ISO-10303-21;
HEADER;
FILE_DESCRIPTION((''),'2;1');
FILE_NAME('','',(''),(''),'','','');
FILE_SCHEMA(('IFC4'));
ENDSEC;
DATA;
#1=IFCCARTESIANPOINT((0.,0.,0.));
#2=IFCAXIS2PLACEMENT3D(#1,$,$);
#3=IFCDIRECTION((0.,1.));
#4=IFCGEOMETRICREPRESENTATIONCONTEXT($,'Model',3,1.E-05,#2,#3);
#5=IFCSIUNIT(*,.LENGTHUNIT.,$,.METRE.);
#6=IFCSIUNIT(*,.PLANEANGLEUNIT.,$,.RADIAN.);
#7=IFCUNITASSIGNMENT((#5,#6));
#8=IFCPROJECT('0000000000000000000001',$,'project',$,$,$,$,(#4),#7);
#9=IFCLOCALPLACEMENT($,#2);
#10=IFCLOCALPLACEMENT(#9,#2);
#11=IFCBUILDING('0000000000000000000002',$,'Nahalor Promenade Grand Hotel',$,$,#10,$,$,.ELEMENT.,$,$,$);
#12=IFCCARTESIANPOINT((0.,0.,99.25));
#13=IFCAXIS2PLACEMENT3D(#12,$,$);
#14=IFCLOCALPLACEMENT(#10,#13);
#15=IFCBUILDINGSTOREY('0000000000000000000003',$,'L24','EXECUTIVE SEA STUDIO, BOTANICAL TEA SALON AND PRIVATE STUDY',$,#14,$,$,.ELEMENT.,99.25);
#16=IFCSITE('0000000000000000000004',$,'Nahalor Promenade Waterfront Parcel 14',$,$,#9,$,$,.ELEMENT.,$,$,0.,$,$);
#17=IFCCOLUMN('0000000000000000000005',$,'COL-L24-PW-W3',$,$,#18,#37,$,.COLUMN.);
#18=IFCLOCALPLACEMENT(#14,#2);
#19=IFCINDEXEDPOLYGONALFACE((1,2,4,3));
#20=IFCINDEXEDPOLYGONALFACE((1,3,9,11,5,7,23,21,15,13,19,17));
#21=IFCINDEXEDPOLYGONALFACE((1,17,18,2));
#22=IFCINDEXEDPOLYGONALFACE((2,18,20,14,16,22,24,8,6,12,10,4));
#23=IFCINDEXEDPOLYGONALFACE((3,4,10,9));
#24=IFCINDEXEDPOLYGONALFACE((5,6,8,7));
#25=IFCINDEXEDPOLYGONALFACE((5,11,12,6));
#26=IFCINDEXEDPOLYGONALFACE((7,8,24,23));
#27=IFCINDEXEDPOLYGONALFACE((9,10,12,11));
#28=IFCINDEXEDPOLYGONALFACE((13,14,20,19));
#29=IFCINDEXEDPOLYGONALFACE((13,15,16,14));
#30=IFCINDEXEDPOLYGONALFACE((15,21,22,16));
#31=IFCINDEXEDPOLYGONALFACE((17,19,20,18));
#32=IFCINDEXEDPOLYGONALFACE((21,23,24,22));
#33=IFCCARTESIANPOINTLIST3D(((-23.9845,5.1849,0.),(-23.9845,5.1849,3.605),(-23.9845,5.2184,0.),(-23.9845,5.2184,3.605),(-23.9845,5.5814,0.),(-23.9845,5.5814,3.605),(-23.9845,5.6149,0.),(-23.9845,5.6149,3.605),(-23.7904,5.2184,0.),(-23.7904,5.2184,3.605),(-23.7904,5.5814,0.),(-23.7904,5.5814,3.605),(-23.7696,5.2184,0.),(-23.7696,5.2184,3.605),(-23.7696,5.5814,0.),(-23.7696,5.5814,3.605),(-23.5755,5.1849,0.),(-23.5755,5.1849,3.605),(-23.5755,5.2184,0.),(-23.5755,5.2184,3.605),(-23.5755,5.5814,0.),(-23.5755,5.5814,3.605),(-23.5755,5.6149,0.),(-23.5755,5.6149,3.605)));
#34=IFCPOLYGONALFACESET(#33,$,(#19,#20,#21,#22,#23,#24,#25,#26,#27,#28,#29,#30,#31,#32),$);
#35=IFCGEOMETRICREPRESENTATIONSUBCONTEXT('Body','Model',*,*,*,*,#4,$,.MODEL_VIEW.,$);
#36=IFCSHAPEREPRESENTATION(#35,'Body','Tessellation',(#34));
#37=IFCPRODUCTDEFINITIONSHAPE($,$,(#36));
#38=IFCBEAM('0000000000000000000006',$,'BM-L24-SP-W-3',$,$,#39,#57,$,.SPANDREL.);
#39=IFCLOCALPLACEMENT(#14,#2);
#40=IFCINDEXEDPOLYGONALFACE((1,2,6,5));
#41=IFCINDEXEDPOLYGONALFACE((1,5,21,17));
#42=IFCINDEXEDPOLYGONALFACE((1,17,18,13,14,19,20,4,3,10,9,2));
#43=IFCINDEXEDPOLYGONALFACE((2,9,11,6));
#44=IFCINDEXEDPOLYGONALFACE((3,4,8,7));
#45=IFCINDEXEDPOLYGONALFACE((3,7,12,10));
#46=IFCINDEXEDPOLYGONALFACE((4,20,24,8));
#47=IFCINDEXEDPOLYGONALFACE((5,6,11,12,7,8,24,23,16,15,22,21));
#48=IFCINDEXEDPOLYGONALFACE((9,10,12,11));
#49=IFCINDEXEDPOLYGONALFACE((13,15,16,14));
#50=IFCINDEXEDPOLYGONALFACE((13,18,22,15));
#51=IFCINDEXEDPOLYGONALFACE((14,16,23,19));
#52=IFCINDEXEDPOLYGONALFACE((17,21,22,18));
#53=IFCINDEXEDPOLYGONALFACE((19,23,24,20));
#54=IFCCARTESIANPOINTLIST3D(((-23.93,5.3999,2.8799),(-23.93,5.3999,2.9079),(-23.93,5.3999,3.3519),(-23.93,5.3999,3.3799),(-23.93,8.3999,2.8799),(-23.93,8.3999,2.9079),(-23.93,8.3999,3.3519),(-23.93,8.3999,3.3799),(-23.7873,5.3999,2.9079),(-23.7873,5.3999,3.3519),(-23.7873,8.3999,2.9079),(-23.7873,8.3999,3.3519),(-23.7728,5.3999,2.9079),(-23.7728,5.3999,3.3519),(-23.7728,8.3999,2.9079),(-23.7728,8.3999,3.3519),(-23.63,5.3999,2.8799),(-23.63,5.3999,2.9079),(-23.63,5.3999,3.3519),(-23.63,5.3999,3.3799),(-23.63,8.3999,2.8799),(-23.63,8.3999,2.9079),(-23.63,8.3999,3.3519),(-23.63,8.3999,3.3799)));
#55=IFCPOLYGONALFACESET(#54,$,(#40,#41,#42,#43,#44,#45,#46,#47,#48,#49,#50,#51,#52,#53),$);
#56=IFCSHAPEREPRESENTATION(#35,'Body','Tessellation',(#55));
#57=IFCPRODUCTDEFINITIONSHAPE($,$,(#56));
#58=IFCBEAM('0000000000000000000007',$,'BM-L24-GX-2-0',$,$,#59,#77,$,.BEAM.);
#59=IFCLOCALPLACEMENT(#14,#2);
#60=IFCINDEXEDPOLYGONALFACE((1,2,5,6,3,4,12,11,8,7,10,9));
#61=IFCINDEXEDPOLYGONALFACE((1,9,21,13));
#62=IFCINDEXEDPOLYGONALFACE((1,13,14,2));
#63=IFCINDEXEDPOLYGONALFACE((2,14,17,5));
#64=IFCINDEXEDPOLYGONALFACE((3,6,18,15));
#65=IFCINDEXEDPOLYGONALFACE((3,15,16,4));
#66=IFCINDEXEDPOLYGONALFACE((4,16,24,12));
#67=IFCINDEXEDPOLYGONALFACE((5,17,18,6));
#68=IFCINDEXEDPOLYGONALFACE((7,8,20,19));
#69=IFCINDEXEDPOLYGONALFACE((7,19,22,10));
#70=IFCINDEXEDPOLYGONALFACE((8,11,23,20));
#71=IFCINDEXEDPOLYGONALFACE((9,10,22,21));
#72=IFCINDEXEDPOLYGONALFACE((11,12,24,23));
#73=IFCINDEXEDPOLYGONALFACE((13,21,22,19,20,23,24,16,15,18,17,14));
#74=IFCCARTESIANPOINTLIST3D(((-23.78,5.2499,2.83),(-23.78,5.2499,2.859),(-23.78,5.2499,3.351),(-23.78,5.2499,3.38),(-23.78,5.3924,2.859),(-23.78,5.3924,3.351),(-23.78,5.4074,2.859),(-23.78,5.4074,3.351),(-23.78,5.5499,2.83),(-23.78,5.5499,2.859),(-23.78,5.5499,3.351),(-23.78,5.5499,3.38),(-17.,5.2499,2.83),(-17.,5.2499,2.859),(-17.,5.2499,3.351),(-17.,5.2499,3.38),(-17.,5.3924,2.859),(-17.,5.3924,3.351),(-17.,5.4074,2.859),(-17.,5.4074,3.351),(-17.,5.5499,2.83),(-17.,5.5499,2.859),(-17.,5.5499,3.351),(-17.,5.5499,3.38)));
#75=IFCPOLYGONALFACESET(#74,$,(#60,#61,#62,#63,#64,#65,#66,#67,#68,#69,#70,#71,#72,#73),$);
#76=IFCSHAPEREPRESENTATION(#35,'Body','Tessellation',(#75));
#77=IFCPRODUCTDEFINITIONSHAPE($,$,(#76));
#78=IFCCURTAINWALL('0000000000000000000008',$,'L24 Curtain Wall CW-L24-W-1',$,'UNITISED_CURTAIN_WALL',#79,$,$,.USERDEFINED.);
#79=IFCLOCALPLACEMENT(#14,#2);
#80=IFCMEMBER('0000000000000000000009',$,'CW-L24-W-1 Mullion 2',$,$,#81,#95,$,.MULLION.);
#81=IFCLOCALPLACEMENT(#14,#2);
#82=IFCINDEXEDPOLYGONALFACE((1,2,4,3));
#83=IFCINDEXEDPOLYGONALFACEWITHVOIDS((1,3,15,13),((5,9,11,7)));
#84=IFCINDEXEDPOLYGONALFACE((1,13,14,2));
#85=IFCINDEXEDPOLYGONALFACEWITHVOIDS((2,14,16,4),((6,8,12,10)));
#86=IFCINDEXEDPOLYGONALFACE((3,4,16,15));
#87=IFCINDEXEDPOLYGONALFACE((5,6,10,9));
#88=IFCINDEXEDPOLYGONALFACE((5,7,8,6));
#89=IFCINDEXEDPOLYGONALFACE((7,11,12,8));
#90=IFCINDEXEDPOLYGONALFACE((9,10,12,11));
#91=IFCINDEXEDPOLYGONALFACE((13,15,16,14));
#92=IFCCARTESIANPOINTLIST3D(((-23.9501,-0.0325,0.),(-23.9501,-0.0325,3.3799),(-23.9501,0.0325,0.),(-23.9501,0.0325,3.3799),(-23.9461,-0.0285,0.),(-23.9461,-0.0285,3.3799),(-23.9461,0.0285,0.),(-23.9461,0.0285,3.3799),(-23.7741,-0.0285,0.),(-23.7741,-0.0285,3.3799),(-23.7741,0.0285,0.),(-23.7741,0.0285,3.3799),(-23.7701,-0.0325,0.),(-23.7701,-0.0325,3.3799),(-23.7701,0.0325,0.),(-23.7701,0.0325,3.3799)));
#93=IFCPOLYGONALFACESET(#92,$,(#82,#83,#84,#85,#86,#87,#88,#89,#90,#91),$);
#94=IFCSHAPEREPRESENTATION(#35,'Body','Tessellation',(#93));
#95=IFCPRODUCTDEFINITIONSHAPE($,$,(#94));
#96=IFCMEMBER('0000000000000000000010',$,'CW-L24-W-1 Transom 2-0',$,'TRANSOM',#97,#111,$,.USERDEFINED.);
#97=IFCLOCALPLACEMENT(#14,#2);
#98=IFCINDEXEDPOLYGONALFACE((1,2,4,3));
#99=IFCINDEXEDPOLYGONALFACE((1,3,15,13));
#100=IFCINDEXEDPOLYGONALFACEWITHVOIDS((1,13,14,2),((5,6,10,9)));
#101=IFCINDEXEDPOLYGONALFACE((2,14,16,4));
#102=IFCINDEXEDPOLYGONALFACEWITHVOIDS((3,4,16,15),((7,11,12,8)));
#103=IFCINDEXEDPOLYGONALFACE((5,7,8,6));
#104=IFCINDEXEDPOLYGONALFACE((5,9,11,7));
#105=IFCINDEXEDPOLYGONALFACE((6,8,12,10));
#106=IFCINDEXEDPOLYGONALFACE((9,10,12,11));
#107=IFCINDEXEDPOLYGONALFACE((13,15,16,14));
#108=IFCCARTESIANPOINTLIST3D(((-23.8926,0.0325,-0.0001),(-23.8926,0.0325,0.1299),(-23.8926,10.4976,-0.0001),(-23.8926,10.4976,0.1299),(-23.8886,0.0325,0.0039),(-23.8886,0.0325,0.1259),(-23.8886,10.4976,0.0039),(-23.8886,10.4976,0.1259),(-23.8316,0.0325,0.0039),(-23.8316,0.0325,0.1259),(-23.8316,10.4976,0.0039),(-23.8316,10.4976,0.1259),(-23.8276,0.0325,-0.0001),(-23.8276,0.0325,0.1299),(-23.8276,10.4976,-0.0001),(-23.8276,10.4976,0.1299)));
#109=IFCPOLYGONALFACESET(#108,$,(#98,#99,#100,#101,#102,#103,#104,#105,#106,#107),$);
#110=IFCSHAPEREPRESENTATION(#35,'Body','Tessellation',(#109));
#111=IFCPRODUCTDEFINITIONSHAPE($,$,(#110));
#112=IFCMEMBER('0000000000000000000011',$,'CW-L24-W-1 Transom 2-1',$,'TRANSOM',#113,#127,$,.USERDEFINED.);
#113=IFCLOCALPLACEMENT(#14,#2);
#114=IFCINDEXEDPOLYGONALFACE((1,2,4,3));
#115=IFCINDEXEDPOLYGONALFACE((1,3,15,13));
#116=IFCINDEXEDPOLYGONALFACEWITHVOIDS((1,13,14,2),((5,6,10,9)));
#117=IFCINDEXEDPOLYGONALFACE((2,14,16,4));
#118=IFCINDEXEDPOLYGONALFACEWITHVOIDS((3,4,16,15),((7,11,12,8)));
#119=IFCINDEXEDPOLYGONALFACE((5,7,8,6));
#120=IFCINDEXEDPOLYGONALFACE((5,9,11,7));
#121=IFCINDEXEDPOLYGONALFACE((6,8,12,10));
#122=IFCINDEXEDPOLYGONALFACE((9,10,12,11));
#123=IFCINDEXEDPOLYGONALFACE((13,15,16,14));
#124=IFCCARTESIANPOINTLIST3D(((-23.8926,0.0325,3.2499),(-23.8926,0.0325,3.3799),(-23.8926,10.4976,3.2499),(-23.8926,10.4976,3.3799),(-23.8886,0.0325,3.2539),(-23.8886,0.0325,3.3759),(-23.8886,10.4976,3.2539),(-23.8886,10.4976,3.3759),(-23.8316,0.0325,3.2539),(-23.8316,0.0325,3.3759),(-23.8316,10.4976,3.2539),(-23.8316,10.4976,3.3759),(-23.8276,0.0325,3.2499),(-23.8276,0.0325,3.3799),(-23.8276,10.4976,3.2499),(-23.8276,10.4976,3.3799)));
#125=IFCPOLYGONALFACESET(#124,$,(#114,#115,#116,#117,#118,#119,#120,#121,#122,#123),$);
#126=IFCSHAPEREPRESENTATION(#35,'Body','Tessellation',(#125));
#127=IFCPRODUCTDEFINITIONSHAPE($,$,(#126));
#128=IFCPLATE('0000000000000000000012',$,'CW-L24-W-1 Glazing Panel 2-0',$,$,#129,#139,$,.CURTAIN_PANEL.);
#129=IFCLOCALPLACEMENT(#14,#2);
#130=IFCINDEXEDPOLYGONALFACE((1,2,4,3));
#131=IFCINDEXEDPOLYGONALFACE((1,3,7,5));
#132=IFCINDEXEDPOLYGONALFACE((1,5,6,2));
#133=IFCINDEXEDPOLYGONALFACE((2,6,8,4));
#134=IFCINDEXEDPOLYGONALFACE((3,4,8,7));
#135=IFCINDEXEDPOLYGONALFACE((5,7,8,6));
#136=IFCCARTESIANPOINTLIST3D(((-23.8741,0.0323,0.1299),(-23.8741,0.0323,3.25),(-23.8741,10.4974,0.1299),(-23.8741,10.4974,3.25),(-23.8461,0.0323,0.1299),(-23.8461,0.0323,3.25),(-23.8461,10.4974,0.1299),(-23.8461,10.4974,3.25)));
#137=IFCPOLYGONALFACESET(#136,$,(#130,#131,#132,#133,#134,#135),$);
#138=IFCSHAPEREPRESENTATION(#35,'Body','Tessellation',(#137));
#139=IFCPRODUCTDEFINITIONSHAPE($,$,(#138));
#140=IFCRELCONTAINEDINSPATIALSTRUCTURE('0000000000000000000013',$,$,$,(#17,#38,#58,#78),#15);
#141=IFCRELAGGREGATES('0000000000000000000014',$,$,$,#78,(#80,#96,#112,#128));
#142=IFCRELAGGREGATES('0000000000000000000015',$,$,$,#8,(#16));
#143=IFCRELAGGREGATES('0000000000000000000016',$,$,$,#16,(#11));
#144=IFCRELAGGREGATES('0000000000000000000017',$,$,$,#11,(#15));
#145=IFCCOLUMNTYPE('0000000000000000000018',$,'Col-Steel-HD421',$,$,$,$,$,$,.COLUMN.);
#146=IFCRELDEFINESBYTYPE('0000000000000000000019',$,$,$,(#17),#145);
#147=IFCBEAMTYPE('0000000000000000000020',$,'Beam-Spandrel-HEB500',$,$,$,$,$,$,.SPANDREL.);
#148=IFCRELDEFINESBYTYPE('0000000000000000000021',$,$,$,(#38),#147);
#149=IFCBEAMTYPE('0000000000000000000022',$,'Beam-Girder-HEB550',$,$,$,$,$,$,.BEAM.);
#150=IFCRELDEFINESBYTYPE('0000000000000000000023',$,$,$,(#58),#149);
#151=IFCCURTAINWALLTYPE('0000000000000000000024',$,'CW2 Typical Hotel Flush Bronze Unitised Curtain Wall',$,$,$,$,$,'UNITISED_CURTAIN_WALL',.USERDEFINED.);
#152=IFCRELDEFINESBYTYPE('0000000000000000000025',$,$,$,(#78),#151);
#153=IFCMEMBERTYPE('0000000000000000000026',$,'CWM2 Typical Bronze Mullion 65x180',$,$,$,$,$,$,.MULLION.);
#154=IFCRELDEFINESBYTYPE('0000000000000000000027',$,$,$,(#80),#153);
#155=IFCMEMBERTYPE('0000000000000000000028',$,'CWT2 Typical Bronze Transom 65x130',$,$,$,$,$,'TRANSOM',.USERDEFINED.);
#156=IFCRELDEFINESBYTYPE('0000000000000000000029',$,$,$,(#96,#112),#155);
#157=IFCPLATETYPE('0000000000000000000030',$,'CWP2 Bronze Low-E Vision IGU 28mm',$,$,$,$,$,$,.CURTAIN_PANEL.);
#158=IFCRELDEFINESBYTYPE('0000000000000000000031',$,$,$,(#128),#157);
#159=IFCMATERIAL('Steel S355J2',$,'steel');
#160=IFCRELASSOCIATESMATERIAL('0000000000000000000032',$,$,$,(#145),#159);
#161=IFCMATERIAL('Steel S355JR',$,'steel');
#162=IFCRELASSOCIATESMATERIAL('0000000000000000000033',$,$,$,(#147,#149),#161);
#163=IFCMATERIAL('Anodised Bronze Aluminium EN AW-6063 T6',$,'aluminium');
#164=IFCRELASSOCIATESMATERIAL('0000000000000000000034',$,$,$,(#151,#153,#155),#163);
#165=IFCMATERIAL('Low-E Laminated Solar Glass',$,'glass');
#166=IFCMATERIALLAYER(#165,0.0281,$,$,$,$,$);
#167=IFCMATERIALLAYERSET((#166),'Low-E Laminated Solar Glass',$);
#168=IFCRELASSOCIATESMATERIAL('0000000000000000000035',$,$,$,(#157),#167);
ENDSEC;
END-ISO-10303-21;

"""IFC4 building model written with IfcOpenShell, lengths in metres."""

from ifc_helpers import new_model, si_unit, direction, frame, origin, origin_2d, place, context, subcontext, project, spatial, rectangle, hollow_rectangle, i_section, extrude, source, transform, mapped, material, layer, layer_set, material_profile, profile_set, type_object, element, aggregate, save


model = new_model("IFC4")

# Units and contexts
model_context = context("Model", 3, precision=1e-05, world=origin(), true_north=direction((0.0, 1.0)))
body_context = subcontext(model_context, "Body", "Model", "MODEL_VIEW")
ifc_project = project(units=[si_unit("LENGTHUNIT", "METRE"), si_unit("PLANEANGLEUNIT", "RADIAN")], contexts=[model_context])

# Site, building, storey
site_placement = place(None, origin())
site = spatial("IfcSite", under=ifc_project, at=site_placement, Name="Nahalor Promenade Waterfront Parcel 14", CompositionType="ELEMENT", RefElevation=0.0)
building_placement = place(site_placement, origin())
building = spatial("IfcBuilding", under=site, at=building_placement, Name="Nahalor Promenade Grand Hotel", CompositionType="ELEMENT")
storey_placement = place(building_placement, frame((0.0, 0.0, 99.25)))
storey = spatial("IfcBuildingStorey", under=building, at=storey_placement, Name="L24", Description="EXECUTIVE SEA STUDIO, BOTANICAL TEA SALON AND PRIVATE STUDY", CompositionType="ELEMENT", Elevation=99.25)

# Column
ifc_material_1 = material(Name="Steel S355J2", Category="steel")
ifc_material_profile_1 = material_profile(ifc_material_1, i_section(OverallWidth=0.409, OverallDepth=0.43, WebThickness=0.0208, FlangeThickness=0.0335, at=origin_2d()), Name="HD 400x421")
ifc_profile_set_1 = profile_set([ifc_material_profile_1], Name="Steel S355J2")
column_type = type_object("IfcColumnType", Name="Col-Steel-HD421", PredefinedType="COLUMN", material=ifc_profile_set_1)
shared_shape_1 = source(origin(), body_context, "Body", "SweptSolid", [
    extrude(i_section(OverallWidth=0.409, OverallDepth=0.43, WebThickness=0.0208, FlangeThickness=0.0335, at=origin_2d()), origin(), (0.0, 0.0, 1.0), 3.605),
])
column_placement = place(storey_placement, frame((-23.78, 5.3999, 0.0), z_axis=(0.0, 0.0, 1.0), x_axis=(1.0, 0.0, 0.0)))
element("IfcColumn", 1, at=column_placement, inside=storey, type_object=column_type, Name="COL-L24-PW-W3", PredefinedType="COLUMN", context=body_context, shape_type="MappedRepresentation", body=[
    mapped(shared_shape_1, transform((0.0, 0.0, 0.0), scale=1.0)),
])

# Beams
ifc_material_2 = material(Name="Steel S355JR", Category="steel")
ifc_material_profile_2 = material_profile(ifc_material_2, i_section(OverallWidth=0.3, OverallDepth=0.5, WebThickness=0.0145, FlangeThickness=0.028, at=origin_2d()), Name="HEB 500")
ifc_profile_set_2 = profile_set([ifc_material_profile_2], Name="Steel S355JR")
beam_type_1 = type_object("IfcBeamType", Name="Beam-Spandrel-HEB500", PredefinedType="SPANDREL", material=ifc_profile_set_2)
shared_shape_2 = source(origin(), body_context, "Body", "SweptSolid", [
    extrude(i_section(OverallWidth=0.3, OverallDepth=0.5, WebThickness=0.0145, FlangeThickness=0.028, at=origin_2d()), origin(), (0.0, 0.0, 1.0), 3.0),
])
beam_1_placement = place(storey_placement, frame((-23.78, 5.3999, 3.1299), z_axis=(0.0, 1.0, 0.0), x_axis=(-1.0, 0.0, 0.0)))
element("IfcBeam", 2, at=beam_1_placement, inside=storey, type_object=beam_type_1, Name="BM-L24-SP-W-3", PredefinedType="SPANDREL", context=body_context, shape_type="MappedRepresentation", body=[
    mapped(shared_shape_2, transform((0.0, 0.0, 0.0), scale=1.0)),
])
ifc_material_profile_3 = material_profile(ifc_material_2, i_section(OverallWidth=0.3, OverallDepth=0.55, WebThickness=0.015, FlangeThickness=0.029, at=origin_2d()), Name="HEB 550")
ifc_profile_set_3 = profile_set([ifc_material_profile_3], Name="Steel S355JR")
beam_type_2 = type_object("IfcBeamType", Name="Beam-Girder-HEB550", PredefinedType="BEAM", material=ifc_profile_set_3)
shared_shape_3 = source(origin(), body_context, "Body", "SweptSolid", [
    extrude(i_section(OverallWidth=0.3, OverallDepth=0.55, WebThickness=0.015, FlangeThickness=0.029, at=origin_2d()), origin(), (0.0, 0.0, 1.0), 6.78),
])
beam_2_placement = place(storey_placement, frame((-23.78, 5.3999, 3.105), z_axis=(1.0, 0.0, 0.0), x_axis=(0.0, 1.0, 0.0)))
element("IfcBeam", 3, at=beam_2_placement, inside=storey, type_object=beam_type_2, Name="BM-L24-GX-2-0", PredefinedType="BEAM", context=body_context, shape_type="MappedRepresentation", body=[
    mapped(shared_shape_3, transform((0.0, 0.0, 0.0), scale=1.0)),
])

# Curtain wall, members, plate
ifc_material_3 = material(Name="Anodised Bronze Aluminium EN AW-6063 T6", Category="aluminium")
curtain_wall_type = type_object("IfcCurtainWallType", Name="CW2 Typical Hotel Flush Bronze Unitised Curtain Wall", ElementType="UNITISED_CURTAIN_WALL", PredefinedType="USERDEFINED", material=ifc_material_3)
curtain_wall_placement = place(storey_placement, origin())
curtain_wall = element("IfcCurtainWall", 4, at=curtain_wall_placement, inside=storey, type_object=curtain_wall_type, Name="L24 Curtain Wall CW-L24-W-1", ObjectType="UNITISED_CURTAIN_WALL", PredefinedType="USERDEFINED")
ifc_material_profile_4 = material_profile(ifc_material_3, hollow_rectangle(XDim=0.065, YDim=0.18, WallThickness=0.004, at=origin_2d()), Name="CWM 65x180x4")
ifc_profile_set_4 = profile_set([ifc_material_profile_4], Name="Anodised Bronze Aluminium EN AW-6063 T6")
member_type_1 = type_object("IfcMemberType", Name="CWM2 Typical Bronze Mullion 65x180", PredefinedType="MULLION", material=ifc_profile_set_4)
shared_shape_4 = source(origin(), body_context, "Body", "SweptSolid", [
    extrude(hollow_rectangle(XDim=0.065, YDim=0.18, WallThickness=0.004, at=origin_2d()), origin(), (0.0, 0.0, 1.0), 3.3799),
])
member_1_placement = place(storey_placement, frame((-23.8601, 0.0, 0.0), z_axis=(0.0, 0.0, 1.0), x_axis=(0.0, 1.0, 0.0)))
member_1 = element("IfcMember", 5, at=member_1_placement, type_object=member_type_1, Name="CW-L24-W-1 Mullion 2", PredefinedType="MULLION", context=body_context, shape_type="MappedRepresentation", body=[
    mapped(shared_shape_4, transform((0.0, 0.0, 0.0), scale=1.0)),
])
ifc_material_profile_5 = material_profile(ifc_material_3, hollow_rectangle(XDim=0.065, YDim=0.13, WallThickness=0.004, at=origin_2d()), Name="CWT 65x130x4")
ifc_profile_set_5 = profile_set([ifc_material_profile_5], Name="Anodised Bronze Aluminium EN AW-6063 T6")
member_type_2 = type_object("IfcMemberType", Name="CWT2 Typical Bronze Transom 65x130", ElementType="TRANSOM", PredefinedType="USERDEFINED", material=ifc_profile_set_5)
shared_shape_5 = source(origin(), body_context, "Body", "SweptSolid", [
    extrude(hollow_rectangle(XDim=0.065, YDim=0.13, WallThickness=0.004, at=origin_2d()), origin(), (0.0, 0.0, 1.0), 10.4651),
])
member_2_placement = place(storey_placement, frame((-23.8601, 0.0325, 0.0649), z_axis=(0.0, 1.0, 0.0), x_axis=(-1.0, 0.0, 0.0)))
member_2 = element("IfcMember", 6, at=member_2_placement, type_object=member_type_2, Name="CW-L24-W-1 Transom 2-0", ObjectType="TRANSOM", PredefinedType="USERDEFINED", context=body_context, shape_type="MappedRepresentation", body=[
    mapped(shared_shape_5, transform((0.0, 0.0, 0.0), scale=1.0)),
])
member_3_placement = place(storey_placement, frame((-23.8601, 0.0325, 3.3149), z_axis=(0.0, 1.0, 0.0), x_axis=(-1.0, 0.0, 0.0)))
member_3 = element("IfcMember", 7, at=member_3_placement, type_object=member_type_2, Name="CW-L24-W-1 Transom 2-1", ObjectType="TRANSOM", PredefinedType="USERDEFINED", context=body_context, shape_type="MappedRepresentation", body=[
    mapped(shared_shape_5, transform((0.0, 0.0, 0.0), scale=1.0)),
])
ifc_material_4 = material(Name="Low-E Laminated Solar Glass", Category="glass")
ifc_layer_1 = layer(ifc_material_4, 0.0281)
ifc_layer_set_1 = layer_set([ifc_layer_1], Name="Low-E Laminated Solar Glass")
plate_type = type_object("IfcPlateType", Name="CWP2 Bronze Low-E Vision IGU 28mm", PredefinedType="CURTAIN_PANEL", material=ifc_layer_set_1)
shared_shape_6 = source(origin(), body_context, "Body", "SweptSolid", [
    extrude(rectangle(XDim=10.4651, YDim=0.0281, at=origin_2d()), origin(), (0.0, 0.0, 1.0), 3.1201),
])
plate_placement = place(storey_placement, frame((-23.8601, 5.2649, 0.1299), z_axis=(0.0, 0.0, 1.0), x_axis=(0.0, 1.0, 0.0)))
plate = element("IfcPlate", 8, at=plate_placement, type_object=plate_type, Name="CW-L24-W-1 Glazing Panel 2-0", PredefinedType="CURTAIN_PANEL", context=body_context, shape_type="MappedRepresentation", body=[
    mapped(shared_shape_6, transform((0.0, 0.0, 0.0), scale=1.0)),
])
aggregate(curtain_wall, [member_1, member_2, member_3, plate])

save(model, "model.ifc")
